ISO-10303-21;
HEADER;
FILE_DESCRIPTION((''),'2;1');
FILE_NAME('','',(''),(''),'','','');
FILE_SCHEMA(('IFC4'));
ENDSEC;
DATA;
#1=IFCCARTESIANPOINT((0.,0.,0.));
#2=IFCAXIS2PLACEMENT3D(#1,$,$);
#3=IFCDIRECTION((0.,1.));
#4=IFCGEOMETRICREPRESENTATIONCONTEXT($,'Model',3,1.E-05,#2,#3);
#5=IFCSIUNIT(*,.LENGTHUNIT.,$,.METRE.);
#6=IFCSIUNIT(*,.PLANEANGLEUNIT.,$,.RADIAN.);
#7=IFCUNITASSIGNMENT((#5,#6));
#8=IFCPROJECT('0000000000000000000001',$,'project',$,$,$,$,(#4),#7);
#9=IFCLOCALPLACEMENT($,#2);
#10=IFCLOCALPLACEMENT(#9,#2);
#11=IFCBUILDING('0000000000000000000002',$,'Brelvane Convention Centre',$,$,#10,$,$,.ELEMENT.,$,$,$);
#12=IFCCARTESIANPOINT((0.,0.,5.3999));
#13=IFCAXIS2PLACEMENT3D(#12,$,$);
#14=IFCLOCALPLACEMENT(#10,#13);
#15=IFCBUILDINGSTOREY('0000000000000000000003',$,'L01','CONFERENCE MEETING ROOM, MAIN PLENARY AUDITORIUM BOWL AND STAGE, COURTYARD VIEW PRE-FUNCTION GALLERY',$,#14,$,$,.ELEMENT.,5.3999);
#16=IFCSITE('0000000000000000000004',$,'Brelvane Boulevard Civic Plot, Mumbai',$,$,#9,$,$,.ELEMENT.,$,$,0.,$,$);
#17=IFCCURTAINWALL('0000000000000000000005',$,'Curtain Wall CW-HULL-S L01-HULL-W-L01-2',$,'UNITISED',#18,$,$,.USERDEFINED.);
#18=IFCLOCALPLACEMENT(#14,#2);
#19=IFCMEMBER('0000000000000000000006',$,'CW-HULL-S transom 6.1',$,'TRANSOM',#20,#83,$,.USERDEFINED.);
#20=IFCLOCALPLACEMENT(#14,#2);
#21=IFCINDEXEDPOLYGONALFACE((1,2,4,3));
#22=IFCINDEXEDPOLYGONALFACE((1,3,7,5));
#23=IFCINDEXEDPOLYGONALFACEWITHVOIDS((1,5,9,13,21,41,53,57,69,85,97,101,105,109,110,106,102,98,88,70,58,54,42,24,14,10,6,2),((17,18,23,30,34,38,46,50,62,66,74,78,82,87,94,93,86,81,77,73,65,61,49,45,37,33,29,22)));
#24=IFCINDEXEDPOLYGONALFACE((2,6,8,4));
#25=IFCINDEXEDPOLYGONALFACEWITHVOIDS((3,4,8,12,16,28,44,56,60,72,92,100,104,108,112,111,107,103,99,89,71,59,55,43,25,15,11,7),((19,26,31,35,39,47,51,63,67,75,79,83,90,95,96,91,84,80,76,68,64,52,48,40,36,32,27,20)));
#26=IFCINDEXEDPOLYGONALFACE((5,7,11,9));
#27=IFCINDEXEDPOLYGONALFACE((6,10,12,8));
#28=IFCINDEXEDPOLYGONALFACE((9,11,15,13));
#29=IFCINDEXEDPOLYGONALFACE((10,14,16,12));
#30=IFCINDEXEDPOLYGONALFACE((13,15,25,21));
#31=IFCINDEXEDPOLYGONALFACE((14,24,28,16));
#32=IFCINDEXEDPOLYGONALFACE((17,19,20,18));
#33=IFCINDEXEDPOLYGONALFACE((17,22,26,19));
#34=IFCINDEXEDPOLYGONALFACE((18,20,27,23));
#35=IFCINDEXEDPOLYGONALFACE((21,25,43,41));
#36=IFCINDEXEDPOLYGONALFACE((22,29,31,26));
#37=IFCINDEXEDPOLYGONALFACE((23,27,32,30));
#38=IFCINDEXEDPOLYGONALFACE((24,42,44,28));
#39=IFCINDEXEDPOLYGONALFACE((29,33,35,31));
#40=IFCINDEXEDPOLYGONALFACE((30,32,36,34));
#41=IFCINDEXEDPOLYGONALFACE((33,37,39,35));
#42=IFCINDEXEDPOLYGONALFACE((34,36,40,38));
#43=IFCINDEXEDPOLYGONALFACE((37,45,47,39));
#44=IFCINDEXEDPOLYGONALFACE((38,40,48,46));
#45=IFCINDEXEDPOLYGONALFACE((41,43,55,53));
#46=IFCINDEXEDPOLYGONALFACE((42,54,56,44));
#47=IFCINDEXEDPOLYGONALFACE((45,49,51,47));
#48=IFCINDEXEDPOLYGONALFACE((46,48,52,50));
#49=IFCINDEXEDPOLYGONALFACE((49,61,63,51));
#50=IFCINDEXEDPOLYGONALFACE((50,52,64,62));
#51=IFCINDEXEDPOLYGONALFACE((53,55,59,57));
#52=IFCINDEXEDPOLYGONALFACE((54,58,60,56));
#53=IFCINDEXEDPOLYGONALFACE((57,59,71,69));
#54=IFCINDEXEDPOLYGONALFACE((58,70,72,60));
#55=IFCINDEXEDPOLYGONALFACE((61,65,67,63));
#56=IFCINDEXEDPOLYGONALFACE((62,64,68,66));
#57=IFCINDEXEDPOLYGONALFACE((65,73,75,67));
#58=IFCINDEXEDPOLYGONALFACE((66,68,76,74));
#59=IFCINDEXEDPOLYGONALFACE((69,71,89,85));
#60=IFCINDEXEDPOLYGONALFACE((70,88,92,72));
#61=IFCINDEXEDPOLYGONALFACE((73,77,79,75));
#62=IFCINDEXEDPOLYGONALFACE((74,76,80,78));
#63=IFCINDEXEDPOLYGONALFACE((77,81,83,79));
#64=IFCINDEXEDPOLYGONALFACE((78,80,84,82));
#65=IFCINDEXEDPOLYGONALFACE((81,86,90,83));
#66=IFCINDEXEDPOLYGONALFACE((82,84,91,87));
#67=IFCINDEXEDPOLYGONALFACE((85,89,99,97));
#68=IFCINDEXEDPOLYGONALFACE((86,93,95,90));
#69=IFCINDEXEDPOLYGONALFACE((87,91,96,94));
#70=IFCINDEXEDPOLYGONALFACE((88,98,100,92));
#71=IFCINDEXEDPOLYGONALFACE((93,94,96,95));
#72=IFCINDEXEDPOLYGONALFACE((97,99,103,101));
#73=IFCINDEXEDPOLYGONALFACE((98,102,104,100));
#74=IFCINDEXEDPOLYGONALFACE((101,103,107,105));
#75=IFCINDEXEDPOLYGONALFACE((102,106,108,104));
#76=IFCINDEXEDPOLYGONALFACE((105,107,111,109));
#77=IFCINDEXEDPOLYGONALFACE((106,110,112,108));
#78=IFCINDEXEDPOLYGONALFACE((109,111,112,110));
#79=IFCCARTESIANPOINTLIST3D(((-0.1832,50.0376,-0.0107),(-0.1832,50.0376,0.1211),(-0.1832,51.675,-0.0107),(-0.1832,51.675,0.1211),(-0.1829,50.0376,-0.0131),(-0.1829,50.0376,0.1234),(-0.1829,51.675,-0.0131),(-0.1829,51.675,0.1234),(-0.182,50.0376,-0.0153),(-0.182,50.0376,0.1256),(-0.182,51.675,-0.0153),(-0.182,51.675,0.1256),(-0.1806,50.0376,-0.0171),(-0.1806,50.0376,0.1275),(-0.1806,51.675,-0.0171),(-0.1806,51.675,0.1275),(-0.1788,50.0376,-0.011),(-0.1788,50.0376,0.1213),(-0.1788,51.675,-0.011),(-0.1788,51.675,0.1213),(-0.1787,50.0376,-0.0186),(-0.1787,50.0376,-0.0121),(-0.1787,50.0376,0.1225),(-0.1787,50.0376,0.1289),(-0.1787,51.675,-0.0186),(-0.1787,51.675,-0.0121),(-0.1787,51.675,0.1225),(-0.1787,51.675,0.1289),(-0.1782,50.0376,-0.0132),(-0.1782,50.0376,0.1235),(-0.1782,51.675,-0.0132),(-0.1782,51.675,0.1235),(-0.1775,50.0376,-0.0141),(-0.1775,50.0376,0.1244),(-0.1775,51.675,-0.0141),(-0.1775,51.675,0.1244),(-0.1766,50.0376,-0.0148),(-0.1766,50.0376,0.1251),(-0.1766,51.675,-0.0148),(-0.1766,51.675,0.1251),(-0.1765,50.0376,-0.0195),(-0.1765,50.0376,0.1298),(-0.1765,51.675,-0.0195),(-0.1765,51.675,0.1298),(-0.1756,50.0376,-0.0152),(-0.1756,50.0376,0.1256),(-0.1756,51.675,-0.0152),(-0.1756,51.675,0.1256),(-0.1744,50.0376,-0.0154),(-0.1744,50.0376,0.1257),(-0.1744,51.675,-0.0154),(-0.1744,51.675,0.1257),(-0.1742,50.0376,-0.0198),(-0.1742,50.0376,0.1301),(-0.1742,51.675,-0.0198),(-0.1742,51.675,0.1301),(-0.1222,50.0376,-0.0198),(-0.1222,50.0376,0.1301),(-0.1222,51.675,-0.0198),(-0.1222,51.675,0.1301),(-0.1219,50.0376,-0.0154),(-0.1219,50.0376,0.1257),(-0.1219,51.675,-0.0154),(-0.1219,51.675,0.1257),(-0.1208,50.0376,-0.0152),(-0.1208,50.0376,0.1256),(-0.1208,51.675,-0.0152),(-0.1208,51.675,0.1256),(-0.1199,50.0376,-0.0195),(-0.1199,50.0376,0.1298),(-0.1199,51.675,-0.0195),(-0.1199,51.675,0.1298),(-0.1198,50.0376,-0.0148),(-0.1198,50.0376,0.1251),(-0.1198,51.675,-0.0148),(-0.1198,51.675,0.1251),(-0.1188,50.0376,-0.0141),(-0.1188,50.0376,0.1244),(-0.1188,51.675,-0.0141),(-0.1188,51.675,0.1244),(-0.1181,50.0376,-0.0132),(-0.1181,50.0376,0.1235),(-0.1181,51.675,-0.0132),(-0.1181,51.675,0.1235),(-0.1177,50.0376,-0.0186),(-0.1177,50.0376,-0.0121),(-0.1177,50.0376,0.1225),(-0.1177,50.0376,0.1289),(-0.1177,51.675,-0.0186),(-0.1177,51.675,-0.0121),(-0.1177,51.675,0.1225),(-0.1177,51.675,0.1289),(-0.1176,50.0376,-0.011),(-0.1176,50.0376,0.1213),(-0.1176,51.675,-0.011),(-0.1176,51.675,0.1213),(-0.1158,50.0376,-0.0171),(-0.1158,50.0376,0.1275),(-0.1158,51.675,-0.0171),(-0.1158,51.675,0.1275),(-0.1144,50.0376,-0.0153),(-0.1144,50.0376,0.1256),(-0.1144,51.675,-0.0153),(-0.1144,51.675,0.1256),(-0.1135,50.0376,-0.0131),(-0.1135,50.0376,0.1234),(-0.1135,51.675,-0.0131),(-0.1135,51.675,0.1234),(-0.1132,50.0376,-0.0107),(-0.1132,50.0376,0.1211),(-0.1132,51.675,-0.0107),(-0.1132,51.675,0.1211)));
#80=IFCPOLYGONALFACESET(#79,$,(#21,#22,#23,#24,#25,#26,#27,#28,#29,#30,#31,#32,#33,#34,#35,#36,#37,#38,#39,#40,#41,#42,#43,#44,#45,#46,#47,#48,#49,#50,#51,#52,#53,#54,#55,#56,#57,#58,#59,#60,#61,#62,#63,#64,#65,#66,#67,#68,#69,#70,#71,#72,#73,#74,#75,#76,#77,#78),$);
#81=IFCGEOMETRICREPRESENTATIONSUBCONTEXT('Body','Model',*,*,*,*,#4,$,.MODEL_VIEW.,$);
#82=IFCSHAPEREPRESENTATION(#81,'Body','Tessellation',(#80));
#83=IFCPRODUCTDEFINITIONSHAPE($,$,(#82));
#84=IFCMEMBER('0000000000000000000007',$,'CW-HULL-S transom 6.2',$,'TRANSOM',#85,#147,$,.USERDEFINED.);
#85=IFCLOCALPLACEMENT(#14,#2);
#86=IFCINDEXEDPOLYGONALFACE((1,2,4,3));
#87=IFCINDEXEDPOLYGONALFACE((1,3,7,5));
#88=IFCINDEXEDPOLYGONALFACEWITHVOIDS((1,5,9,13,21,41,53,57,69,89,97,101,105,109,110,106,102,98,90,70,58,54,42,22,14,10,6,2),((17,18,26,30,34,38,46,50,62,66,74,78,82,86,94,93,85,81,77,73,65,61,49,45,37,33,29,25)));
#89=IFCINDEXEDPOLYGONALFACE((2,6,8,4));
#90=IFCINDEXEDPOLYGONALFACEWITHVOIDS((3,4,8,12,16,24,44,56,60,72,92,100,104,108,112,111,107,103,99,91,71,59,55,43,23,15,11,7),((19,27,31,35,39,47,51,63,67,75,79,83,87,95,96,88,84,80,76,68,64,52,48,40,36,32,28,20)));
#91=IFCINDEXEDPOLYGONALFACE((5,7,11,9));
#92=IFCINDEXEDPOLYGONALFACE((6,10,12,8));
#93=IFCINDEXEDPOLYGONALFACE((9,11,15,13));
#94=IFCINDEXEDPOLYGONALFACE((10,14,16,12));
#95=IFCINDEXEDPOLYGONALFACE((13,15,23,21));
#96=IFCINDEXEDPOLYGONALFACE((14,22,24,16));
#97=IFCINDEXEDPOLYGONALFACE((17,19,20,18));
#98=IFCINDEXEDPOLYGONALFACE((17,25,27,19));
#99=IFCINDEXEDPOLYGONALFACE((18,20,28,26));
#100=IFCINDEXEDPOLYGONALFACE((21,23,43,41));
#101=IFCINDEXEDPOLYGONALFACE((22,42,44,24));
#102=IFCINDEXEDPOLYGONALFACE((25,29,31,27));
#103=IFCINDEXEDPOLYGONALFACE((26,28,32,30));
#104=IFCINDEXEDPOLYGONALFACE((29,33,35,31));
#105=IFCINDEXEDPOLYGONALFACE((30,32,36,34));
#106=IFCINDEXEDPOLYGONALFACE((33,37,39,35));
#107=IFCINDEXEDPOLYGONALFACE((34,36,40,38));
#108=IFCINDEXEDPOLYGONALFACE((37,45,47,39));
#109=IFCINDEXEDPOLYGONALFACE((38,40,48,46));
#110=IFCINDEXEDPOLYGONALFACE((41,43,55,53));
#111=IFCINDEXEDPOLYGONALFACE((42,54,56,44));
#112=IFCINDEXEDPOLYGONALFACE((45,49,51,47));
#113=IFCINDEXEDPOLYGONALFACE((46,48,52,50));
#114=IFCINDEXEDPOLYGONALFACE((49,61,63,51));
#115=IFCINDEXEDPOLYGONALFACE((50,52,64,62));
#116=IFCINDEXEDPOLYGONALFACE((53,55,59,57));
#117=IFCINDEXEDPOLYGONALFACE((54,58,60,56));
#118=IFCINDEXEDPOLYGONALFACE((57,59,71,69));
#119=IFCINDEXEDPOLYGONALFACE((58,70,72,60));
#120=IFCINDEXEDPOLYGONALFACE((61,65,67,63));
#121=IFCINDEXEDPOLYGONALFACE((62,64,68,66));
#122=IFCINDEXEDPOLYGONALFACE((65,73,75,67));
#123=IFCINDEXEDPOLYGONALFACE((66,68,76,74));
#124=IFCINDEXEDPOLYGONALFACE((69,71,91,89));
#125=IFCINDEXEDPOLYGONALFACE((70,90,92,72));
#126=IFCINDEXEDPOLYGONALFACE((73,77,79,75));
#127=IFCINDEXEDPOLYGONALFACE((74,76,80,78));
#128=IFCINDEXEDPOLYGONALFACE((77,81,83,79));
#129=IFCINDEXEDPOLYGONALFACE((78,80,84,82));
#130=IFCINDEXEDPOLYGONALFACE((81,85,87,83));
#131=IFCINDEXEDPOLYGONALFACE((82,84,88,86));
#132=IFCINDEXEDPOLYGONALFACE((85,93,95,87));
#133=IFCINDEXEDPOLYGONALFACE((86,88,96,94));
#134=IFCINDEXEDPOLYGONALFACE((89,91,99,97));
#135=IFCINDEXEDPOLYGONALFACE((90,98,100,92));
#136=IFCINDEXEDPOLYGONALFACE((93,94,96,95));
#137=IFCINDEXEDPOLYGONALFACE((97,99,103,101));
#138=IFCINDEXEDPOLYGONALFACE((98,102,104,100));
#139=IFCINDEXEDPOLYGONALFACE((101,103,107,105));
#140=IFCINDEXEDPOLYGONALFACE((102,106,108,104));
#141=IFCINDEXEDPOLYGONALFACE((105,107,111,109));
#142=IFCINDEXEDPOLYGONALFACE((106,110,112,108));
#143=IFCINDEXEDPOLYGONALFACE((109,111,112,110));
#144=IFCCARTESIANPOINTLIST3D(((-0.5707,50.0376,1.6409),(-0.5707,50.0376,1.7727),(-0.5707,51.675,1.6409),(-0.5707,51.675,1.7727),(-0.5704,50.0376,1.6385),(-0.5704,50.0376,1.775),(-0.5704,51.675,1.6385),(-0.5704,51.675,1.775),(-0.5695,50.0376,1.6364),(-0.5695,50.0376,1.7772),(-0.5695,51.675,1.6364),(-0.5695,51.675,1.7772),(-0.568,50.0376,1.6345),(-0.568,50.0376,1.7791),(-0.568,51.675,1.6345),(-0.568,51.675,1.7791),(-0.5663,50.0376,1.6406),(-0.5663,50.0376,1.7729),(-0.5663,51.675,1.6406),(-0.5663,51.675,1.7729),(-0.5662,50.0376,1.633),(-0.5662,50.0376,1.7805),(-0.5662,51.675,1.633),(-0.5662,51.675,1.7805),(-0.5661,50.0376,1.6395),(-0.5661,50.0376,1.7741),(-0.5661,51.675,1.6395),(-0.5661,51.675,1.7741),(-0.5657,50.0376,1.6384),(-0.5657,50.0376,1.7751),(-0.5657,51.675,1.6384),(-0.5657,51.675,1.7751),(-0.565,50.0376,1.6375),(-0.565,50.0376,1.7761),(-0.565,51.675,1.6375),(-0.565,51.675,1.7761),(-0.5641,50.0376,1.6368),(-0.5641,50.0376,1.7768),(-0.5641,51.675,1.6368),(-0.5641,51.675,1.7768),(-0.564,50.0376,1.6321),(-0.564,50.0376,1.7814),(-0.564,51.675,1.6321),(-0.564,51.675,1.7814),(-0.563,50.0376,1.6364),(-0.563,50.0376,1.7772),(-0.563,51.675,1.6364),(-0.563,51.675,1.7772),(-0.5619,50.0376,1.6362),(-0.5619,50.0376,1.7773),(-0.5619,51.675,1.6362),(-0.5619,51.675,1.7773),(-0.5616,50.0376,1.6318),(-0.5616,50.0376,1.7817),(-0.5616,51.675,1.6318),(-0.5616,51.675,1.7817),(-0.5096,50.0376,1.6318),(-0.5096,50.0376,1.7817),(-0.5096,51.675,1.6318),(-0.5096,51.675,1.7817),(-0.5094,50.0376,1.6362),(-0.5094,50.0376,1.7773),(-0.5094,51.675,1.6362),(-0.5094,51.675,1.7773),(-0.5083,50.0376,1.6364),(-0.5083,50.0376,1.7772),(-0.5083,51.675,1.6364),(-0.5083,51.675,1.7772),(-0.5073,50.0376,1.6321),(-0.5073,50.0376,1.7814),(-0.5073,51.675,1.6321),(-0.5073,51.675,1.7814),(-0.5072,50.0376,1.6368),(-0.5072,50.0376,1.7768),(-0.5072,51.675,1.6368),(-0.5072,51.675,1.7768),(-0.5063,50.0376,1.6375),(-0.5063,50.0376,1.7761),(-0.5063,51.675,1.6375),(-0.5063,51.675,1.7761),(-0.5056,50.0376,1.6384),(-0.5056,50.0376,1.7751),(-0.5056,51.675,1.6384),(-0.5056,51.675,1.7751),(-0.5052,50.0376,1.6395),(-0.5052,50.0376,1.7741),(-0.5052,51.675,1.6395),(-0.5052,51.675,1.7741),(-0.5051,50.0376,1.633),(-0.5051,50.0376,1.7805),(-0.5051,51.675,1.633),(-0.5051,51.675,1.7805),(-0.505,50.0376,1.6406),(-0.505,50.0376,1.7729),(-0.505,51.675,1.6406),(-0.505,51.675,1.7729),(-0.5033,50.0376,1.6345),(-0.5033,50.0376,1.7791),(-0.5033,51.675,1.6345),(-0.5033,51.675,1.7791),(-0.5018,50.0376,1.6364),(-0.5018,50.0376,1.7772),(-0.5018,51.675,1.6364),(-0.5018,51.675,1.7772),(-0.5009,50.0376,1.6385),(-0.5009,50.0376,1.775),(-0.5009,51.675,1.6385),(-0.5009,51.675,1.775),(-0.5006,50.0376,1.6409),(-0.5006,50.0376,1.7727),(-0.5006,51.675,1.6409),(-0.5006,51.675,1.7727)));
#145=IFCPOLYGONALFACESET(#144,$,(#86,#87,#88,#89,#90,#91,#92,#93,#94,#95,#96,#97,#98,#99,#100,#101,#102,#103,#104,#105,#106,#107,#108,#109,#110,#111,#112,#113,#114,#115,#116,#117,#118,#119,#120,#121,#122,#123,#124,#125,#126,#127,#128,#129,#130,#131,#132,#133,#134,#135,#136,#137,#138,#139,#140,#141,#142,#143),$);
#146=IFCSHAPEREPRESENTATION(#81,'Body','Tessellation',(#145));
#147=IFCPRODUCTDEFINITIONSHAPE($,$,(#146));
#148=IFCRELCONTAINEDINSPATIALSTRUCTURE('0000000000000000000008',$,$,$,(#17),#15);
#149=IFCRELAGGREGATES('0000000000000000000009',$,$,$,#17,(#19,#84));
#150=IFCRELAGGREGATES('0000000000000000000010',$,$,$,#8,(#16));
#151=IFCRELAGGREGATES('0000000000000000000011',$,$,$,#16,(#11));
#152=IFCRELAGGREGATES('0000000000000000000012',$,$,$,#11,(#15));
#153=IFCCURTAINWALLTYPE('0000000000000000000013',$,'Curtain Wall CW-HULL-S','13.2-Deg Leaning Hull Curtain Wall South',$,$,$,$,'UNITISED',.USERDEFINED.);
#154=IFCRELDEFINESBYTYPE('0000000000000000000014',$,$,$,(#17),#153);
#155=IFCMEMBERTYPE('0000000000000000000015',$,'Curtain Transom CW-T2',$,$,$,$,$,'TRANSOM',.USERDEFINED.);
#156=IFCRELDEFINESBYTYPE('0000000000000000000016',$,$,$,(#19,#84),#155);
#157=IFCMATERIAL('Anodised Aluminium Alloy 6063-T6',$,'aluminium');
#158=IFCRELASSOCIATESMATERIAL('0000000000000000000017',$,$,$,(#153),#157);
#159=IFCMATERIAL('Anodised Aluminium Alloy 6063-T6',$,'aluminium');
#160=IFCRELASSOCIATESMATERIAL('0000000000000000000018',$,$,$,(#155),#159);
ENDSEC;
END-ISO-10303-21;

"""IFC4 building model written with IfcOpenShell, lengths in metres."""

from ifc_helpers import new_model, si_unit, direction, frame, origin, origin_2d, place, context, subcontext, project, spatial, hollow_rectangle, extrude, material, material_profile, profile_set, type_object, element, aggregate, save


model = new_model("IFC4")

# Units and contexts
model_context = context("Model", 3, precision=1e-05, world=origin(), true_north=direction((0.0, 1.0)))
body_context = subcontext(model_context, "Body", "Model", "MODEL_VIEW")
ifc_project = project(units=[si_unit("LENGTHUNIT", "METRE"), si_unit("PLANEANGLEUNIT", "RADIAN")], contexts=[model_context])

# Site, building, storey
site_placement = place(None, origin())
site = spatial("IfcSite", under=ifc_project, at=site_placement, Name="Brelvane Boulevard Civic Plot, Mumbai", CompositionType="ELEMENT", RefElevation=0.0)
building_placement = place(site_placement, origin())
building = spatial("IfcBuilding", under=site, at=building_placement, Name="Brelvane Convention Centre", CompositionType="ELEMENT")
storey_placement = place(building_placement, frame((0.0, 0.0, 5.3999)))
storey = spatial("IfcBuildingStorey", under=building, at=storey_placement, Name="L01", Description="CONFERENCE MEETING ROOM, MAIN PLENARY AUDITORIUM BOWL AND STAGE, COURTYARD VIEW PRE-FUNCTION GALLERY", CompositionType="ELEMENT", Elevation=5.3999)

# Curtain wall, members
ifc_material_1 = material(Name="Anodised Aluminium Alloy 6063-T6", Category="aluminium")
curtain_wall_type = type_object("IfcCurtainWallType", Name="Curtain Wall CW-HULL-S", Description="13.2-Deg Leaning Hull Curtain Wall South", ElementType="UNITISED", PredefinedType="USERDEFINED", material=ifc_material_1)
curtain_wall_placement = place(storey_placement, origin())
curtain_wall = element("IfcCurtainWall", 1, at=curtain_wall_placement, inside=storey, type_object=curtain_wall_type, Name="Curtain Wall CW-HULL-S L01-HULL-W-L01-2", ObjectType="UNITISED", PredefinedType="USERDEFINED")
ifc_material_2 = material(Name="Anodised Aluminium Alloy 6063-T6", Category="aluminium")
ifc_material_profile_1 = material_profile(ifc_material_2, hollow_rectangle(XDim=0.0701, YDim=0.1499, WallThickness=0.0044, InnerFilletRadius=0.0044, OuterFilletRadius=0.009, at=origin_2d()), Name="ALU-T 150x70x4.5")
ifc_profile_set_1 = profile_set([ifc_material_profile_1], Name="Anodised Aluminium Alloy 6063-T6")
member_type_1 = type_object("IfcMemberType", Name="Curtain Transom CW-T2", ElementType="TRANSOM", PredefinedType="USERDEFINED", material=ifc_profile_set_1)
member_1_placement = place(storey_placement, frame((-0.1482, 50.0376, 0.0552), z_axis=(0.0, 1.0, 0.0), x_axis=(-1.0, 0.0, 0.0)))
member_1 = element("IfcMember", 2, at=member_1_placement, type_object=member_type_1, Name="CW-HULL-S transom 6.1", ObjectType="TRANSOM", PredefinedType="USERDEFINED", context=body_context, shape_type="SweptSolid", body=[
    extrude(hollow_rectangle(XDim=0.0701, YDim=0.1499, WallThickness=0.0044, InnerFilletRadius=0.0044, OuterFilletRadius=0.009, at=origin_2d()), origin(), (0.0, 0.0, 1.0), 1.6375),
])
member_2_placement = place(storey_placement, frame((-0.5356, 50.0376, 1.7068), z_axis=(0.0, 1.0, 0.0), x_axis=(-1.0, 0.0, 0.0)))
member_2 = element("IfcMember", 3, at=member_2_placement, type_object=member_type_1, Name="CW-HULL-S transom 6.2", ObjectType="TRANSOM", PredefinedType="USERDEFINED", context=body_context, shape_type="SweptSolid", body=[
    extrude(hollow_rectangle(XDim=0.0701, YDim=0.1499, WallThickness=0.0044, InnerFilletRadius=0.0044, OuterFilletRadius=0.009, at=origin_2d()), origin(), (0.0, 0.0, 1.0), 1.6375),
])
aggregate(curtain_wall, [member_1, member_2])

save(model, "model.ifc")
